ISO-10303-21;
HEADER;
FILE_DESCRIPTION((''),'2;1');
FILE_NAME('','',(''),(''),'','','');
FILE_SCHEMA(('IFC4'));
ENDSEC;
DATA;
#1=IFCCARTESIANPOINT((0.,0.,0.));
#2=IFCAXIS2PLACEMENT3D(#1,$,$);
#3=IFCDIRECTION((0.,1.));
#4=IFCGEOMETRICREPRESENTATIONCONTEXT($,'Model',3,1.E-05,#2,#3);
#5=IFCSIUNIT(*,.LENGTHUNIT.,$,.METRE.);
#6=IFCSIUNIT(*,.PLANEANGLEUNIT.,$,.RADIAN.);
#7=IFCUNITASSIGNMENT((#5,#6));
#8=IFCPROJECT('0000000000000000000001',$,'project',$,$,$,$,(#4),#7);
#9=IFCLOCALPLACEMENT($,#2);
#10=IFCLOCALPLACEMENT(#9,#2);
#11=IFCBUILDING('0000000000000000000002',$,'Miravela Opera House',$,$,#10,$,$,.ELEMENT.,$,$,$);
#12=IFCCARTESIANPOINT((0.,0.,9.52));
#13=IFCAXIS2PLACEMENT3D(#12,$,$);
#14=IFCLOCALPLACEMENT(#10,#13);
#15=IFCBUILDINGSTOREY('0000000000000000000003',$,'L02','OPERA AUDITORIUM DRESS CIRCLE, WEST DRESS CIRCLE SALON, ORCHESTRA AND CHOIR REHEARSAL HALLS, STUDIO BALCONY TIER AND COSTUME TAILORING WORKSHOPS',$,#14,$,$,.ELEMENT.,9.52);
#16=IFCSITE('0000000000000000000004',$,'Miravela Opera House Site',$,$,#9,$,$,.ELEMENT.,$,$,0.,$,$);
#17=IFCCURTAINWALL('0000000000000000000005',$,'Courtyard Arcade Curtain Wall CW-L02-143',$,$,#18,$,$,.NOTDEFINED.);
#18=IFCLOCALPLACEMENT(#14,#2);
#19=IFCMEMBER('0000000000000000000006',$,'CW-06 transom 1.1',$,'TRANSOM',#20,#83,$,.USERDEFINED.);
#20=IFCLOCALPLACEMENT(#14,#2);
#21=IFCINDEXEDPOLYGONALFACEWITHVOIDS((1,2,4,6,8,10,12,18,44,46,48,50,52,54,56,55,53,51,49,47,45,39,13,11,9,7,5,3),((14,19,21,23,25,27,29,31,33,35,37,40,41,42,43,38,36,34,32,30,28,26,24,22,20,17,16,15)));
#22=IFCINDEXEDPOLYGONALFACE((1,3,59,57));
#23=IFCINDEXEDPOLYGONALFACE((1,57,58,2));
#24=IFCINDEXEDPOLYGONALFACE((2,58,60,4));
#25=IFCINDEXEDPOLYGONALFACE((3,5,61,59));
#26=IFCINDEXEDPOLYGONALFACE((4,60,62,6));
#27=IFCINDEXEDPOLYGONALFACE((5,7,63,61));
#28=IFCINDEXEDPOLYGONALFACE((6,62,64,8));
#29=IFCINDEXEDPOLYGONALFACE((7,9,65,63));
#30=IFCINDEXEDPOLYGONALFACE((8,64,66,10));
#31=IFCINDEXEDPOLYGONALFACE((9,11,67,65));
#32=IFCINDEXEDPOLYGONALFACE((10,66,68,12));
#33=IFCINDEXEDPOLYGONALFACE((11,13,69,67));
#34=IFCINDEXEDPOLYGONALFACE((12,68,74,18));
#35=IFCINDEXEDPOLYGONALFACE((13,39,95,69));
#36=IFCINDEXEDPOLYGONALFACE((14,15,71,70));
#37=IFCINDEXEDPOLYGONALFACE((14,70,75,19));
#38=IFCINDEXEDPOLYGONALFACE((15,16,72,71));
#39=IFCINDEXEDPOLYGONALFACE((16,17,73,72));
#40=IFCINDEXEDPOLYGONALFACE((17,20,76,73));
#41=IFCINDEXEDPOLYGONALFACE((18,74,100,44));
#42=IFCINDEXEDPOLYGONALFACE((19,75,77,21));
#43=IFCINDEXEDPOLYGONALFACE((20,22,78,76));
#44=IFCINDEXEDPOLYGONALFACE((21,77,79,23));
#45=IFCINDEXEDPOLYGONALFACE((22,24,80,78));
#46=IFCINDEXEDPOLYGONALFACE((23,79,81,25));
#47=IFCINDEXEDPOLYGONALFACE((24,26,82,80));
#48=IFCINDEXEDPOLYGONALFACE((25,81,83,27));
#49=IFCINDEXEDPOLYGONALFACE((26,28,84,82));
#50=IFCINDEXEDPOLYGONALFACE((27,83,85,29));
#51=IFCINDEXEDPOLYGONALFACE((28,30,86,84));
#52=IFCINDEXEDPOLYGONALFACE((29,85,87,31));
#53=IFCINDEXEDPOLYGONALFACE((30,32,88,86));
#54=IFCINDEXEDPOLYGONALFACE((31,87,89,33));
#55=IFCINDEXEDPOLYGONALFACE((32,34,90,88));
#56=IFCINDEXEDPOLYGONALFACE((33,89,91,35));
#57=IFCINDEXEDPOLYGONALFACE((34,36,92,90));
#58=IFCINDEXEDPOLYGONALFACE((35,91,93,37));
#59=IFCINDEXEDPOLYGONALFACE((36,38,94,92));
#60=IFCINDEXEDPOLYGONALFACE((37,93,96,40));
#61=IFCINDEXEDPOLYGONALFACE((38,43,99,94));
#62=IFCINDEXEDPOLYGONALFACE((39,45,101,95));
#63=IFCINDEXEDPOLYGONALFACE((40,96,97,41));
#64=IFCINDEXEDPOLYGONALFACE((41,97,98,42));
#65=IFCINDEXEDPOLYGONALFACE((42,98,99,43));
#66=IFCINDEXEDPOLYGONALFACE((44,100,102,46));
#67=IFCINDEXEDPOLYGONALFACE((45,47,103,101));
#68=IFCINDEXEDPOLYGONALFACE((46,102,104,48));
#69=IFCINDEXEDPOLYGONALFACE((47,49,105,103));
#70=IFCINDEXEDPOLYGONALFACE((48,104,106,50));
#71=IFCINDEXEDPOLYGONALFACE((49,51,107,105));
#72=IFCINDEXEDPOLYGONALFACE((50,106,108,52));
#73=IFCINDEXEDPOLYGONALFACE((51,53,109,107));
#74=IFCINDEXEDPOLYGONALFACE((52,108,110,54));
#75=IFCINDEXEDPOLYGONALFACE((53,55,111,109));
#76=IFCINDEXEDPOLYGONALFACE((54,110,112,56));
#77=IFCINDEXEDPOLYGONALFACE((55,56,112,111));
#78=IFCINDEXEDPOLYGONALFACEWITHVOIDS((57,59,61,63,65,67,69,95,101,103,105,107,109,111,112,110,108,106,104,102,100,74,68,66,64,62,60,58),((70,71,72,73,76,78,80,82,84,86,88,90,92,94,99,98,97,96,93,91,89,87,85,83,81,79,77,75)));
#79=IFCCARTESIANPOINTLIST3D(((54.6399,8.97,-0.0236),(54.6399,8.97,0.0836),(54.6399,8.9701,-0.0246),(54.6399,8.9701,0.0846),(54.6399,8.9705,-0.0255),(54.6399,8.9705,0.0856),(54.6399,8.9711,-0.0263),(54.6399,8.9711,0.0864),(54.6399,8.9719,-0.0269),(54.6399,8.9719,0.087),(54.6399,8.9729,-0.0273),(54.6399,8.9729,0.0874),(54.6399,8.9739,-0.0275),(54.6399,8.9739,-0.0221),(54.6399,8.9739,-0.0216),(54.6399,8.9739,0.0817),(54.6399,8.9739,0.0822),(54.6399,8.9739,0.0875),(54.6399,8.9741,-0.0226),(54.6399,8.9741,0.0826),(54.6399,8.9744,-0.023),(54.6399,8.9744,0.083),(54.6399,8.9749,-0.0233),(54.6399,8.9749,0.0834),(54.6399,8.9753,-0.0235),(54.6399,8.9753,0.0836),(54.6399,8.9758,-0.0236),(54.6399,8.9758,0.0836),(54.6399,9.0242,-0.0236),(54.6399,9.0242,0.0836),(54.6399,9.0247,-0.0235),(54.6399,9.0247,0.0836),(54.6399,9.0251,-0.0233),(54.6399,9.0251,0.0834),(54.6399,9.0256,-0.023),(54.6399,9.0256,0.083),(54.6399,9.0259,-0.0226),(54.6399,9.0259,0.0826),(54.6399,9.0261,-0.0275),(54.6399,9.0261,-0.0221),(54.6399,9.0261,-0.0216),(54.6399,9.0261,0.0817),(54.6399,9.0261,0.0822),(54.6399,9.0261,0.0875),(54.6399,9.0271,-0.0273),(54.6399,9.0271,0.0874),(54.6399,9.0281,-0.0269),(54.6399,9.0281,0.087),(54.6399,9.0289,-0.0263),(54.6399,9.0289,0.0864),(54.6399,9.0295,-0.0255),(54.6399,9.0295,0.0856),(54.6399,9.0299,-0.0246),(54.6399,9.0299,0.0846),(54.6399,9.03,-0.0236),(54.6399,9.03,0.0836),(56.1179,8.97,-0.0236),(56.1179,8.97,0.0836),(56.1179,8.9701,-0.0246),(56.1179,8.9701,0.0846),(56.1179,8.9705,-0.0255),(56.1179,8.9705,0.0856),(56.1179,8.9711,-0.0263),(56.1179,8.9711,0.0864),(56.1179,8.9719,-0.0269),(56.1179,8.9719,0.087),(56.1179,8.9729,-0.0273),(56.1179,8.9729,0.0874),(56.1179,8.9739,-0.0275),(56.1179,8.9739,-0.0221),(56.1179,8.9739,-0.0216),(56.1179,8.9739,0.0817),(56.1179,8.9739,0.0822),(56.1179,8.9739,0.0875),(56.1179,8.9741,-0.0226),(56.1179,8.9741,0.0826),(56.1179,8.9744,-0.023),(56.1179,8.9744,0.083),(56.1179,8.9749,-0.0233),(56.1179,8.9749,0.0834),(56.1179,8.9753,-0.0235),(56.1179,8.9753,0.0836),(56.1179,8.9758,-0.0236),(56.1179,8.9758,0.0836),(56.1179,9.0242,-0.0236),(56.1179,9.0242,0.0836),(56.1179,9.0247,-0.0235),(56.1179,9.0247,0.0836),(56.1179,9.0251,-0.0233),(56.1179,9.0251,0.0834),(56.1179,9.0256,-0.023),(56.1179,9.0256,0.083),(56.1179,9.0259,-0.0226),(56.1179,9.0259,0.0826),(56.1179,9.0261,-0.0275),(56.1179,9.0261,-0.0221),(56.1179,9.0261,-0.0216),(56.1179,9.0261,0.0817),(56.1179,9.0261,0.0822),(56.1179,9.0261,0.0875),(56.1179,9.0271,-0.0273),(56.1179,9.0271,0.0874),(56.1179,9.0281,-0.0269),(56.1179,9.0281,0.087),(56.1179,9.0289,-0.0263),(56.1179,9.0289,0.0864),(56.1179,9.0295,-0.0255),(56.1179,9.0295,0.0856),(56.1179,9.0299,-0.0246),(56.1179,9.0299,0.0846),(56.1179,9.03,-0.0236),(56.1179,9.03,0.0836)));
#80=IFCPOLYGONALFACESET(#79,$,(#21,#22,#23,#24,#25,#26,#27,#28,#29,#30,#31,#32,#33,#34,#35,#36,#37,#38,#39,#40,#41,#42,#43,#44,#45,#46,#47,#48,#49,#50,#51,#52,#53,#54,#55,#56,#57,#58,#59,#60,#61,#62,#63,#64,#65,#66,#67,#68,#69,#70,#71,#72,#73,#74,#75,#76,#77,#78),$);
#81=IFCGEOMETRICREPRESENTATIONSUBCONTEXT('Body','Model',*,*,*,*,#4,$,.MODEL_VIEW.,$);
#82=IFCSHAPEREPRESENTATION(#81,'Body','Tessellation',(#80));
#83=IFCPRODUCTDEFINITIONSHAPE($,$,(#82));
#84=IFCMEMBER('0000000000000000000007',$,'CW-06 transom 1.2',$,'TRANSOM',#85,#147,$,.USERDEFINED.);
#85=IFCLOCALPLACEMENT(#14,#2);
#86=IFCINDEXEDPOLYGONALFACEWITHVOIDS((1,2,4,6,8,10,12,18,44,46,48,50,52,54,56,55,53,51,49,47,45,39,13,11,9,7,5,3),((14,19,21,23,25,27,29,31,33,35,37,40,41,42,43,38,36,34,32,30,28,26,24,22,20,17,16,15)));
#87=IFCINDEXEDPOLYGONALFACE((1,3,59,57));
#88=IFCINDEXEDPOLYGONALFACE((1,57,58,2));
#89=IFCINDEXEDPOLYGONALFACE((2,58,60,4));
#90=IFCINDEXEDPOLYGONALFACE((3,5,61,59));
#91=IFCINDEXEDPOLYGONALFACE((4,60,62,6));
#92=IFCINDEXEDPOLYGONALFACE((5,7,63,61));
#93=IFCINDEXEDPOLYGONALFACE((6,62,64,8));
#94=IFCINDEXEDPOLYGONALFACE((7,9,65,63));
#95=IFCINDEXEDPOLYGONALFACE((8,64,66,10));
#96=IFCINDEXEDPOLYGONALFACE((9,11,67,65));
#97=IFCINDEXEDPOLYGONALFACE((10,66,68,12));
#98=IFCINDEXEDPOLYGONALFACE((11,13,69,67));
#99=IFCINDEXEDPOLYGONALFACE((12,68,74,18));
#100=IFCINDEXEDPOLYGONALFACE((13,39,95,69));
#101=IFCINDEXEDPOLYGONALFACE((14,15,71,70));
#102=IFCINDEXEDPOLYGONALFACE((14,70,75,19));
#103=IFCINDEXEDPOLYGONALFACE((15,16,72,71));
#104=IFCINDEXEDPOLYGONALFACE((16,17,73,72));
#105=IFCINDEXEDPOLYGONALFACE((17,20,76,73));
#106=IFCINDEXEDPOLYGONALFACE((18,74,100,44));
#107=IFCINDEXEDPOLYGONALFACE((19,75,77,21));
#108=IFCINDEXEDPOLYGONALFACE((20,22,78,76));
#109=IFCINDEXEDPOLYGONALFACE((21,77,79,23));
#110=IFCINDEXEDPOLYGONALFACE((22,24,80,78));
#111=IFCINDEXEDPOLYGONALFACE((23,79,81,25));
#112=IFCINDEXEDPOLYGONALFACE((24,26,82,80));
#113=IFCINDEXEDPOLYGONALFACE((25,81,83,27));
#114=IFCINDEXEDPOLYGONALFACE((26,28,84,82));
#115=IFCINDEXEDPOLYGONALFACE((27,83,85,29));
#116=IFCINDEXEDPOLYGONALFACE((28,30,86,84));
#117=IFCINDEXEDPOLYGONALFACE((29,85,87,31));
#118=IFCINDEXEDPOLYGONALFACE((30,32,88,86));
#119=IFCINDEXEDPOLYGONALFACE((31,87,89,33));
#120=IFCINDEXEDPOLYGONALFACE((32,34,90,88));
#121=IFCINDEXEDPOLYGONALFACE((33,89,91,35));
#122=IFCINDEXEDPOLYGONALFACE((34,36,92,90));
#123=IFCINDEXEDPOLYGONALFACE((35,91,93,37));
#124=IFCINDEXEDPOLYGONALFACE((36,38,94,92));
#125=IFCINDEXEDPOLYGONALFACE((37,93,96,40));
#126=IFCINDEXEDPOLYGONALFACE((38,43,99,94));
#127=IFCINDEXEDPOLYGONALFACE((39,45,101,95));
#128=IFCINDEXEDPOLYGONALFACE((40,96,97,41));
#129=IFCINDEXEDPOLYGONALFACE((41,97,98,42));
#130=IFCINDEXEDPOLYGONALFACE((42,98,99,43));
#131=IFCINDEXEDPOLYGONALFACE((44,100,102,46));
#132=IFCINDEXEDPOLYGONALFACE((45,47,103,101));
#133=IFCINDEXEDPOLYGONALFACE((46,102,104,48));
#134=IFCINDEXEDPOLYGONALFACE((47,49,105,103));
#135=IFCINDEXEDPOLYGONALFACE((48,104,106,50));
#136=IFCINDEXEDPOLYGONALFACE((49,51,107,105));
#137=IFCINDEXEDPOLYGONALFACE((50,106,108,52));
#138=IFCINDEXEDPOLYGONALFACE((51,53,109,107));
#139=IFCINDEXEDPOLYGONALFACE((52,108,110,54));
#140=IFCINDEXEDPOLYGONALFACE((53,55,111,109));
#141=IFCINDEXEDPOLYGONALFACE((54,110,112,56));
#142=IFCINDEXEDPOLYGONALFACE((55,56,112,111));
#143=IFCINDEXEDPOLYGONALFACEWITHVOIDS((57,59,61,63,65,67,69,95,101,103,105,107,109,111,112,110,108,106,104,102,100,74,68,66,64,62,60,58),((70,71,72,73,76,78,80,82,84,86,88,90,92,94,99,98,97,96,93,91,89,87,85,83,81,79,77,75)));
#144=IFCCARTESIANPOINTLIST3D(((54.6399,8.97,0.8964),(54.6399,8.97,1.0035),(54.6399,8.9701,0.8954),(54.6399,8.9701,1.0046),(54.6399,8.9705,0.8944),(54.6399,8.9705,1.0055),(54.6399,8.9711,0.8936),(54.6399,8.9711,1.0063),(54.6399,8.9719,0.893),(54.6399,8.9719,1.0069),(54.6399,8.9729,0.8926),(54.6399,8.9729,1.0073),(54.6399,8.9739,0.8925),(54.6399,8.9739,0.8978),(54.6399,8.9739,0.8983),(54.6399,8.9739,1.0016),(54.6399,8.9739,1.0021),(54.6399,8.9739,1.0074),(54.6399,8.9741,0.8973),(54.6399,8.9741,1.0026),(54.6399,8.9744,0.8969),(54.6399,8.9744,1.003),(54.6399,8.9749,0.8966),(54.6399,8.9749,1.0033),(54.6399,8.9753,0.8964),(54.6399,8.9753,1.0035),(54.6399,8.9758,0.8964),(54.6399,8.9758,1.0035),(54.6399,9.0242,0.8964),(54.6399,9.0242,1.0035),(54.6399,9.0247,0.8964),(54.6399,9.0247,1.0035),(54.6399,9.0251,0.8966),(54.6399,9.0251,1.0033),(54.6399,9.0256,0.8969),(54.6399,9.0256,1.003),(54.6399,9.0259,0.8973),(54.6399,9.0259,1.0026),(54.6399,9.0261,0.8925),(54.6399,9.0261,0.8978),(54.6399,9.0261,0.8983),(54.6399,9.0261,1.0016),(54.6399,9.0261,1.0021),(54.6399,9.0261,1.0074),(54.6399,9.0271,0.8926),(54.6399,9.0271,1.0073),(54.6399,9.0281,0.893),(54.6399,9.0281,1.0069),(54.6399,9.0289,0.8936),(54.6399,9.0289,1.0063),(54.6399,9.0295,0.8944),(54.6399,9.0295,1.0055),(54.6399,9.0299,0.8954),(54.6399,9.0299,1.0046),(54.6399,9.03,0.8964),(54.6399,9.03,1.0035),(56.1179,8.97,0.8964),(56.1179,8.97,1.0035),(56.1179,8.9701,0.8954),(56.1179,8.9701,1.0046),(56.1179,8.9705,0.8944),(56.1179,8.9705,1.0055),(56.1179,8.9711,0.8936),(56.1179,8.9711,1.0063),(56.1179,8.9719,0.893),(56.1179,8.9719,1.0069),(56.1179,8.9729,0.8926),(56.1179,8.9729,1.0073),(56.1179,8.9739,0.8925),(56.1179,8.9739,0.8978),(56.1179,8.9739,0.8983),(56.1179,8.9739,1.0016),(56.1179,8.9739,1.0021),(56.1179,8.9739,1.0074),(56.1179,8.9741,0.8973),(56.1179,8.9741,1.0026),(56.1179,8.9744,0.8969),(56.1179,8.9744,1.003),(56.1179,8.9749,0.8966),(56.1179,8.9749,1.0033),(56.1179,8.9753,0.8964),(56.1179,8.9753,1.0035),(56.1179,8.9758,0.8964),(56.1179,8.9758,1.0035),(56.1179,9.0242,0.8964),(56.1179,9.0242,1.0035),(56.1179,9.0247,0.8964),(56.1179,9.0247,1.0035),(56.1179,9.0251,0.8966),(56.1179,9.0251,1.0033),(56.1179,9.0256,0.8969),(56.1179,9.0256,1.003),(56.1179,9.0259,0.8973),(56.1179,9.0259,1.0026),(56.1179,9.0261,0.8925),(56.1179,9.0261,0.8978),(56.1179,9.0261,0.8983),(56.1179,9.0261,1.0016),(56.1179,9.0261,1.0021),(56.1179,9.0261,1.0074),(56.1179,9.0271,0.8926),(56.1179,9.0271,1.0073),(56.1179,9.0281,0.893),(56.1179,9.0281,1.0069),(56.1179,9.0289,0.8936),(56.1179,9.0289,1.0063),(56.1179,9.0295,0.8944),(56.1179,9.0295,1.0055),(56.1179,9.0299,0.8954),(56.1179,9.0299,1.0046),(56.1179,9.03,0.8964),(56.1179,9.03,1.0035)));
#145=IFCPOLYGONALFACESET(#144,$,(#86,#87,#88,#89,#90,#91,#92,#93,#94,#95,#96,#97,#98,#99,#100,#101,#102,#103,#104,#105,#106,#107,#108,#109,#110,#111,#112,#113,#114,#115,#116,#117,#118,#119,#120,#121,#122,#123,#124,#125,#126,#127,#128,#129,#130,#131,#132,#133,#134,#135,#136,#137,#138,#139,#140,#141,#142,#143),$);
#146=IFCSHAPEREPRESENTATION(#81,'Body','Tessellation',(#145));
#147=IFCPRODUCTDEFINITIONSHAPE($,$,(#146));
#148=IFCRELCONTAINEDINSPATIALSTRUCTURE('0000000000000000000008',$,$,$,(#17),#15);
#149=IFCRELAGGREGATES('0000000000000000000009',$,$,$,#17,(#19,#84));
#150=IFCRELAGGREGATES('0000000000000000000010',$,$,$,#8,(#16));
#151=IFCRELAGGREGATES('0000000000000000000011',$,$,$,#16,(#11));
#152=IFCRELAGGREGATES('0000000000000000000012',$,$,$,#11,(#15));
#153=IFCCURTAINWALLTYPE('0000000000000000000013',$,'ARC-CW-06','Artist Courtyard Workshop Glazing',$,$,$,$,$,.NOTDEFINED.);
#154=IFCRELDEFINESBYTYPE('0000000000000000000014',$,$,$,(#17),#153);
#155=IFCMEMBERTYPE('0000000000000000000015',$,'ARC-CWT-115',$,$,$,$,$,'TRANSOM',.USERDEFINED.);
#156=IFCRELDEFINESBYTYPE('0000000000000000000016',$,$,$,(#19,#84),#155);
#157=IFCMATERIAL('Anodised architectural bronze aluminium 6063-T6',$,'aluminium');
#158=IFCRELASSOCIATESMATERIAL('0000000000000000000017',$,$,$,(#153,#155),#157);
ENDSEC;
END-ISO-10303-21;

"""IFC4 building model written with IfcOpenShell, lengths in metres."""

from ifc_helpers import new_model, si_unit, direction, frame, origin, origin_2d, place, context, subcontext, project, spatial, hollow_rectangle, extrude, material, material_profile, profile_set, type_object, element, aggregate, save


model = new_model("IFC4")

# Units and contexts
model_context = context("Model", 3, precision=1e-05, world=origin(), true_north=direction((0.0, 1.0)))
body_context = subcontext(model_context, "Body", "Model", "MODEL_VIEW")
ifc_project = project(units=[si_unit("LENGTHUNIT", "METRE"), si_unit("PLANEANGLEUNIT", "RADIAN")], contexts=[model_context])

# Site, building, storey
site_placement = place(None, origin())
site = spatial("IfcSite", under=ifc_project, at=site_placement, Name="Miravela Opera House Site", CompositionType="ELEMENT", RefElevation=0.0)
building_placement = place(site_placement, origin())
building = spatial("IfcBuilding", under=site, at=building_placement, Name="Miravela Opera House", CompositionType="ELEMENT")
storey_placement = place(building_placement, frame((0.0, 0.0, 9.52)))
storey = spatial("IfcBuildingStorey", under=building, at=storey_placement, Name="L02", Description="OPERA AUDITORIUM DRESS CIRCLE, WEST DRESS CIRCLE SALON, ORCHESTRA AND CHOIR REHEARSAL HALLS, STUDIO BALCONY TIER AND COSTUME TAILORING WORKSHOPS", CompositionType="ELEMENT", Elevation=9.52)

# Curtain wall
ifc_material_1 = material(Name="Anodised architectural bronze aluminium 6063-T6", Category="aluminium")
curtain_wall_type = type_object("IfcCurtainWallType", Name="ARC-CW-06", Description="Artist Courtyard Workshop Glazing", PredefinedType="NOTDEFINED", material=ifc_material_1)
curtain_wall_1_placement = place(storey_placement, origin())
curtain_wall_1 = element("IfcCurtainWall", 1, at=curtain_wall_1_placement, inside=storey, type_object=curtain_wall_type, Name="Courtyard Arcade Curtain Wall CW-L02-143", PredefinedType="NOTDEFINED")

# Members
ifc_material_profile_1 = material_profile(ifc_material_1, hollow_rectangle(XDim=0.0601, YDim=0.115, WallThickness=0.0039, InnerFilletRadius=0.002, OuterFilletRadius=0.0039, at=origin_2d()), Name="CWT-60X115")
ifc_profile_set_1 = profile_set([ifc_material_profile_1])
member_type_1 = type_object("IfcMemberType", Name="ARC-CWT-115", ElementType="TRANSOM", PredefinedType="USERDEFINED", material=ifc_profile_set_1)
member_1_placement = place(storey_placement, frame((54.6399, 9.0, 0.03), z_axis=(1.0, 0.0, 0.0), x_axis=(0.0, 1.0, 0.0)))
member_1 = element("IfcMember", 2, at=member_1_placement, type_object=member_type_1, Name="CW-06 transom 1.1", ObjectType="TRANSOM", PredefinedType="USERDEFINED", context=body_context, shape_type="SweptSolid", body=[
    extrude(hollow_rectangle(XDim=0.0601, YDim=0.115, WallThickness=0.0039, InnerFilletRadius=0.002, OuterFilletRadius=0.0039, at=origin_2d()), origin(), (0.0, 0.0, 1.0), 1.478),
])
member_2_placement = place(storey_placement, frame((54.6399, 9.0, 0.95), z_axis=(1.0, 0.0, 0.0), x_axis=(0.0, 1.0, 0.0)))
member_2 = element("IfcMember", 3, at=member_2_placement, type_object=member_type_1, Name="CW-06 transom 1.2", ObjectType="TRANSOM", PredefinedType="USERDEFINED", context=body_context, shape_type="SweptSolid", body=[
    extrude(hollow_rectangle(XDim=0.0601, YDim=0.115, WallThickness=0.0039, InnerFilletRadius=0.002, OuterFilletRadius=0.0039, at=origin_2d()), origin(), (0.0, 0.0, 1.0), 1.478),
])

aggregate(curtain_wall_1, [member_1, member_2])

save(model, "model.ifc")
